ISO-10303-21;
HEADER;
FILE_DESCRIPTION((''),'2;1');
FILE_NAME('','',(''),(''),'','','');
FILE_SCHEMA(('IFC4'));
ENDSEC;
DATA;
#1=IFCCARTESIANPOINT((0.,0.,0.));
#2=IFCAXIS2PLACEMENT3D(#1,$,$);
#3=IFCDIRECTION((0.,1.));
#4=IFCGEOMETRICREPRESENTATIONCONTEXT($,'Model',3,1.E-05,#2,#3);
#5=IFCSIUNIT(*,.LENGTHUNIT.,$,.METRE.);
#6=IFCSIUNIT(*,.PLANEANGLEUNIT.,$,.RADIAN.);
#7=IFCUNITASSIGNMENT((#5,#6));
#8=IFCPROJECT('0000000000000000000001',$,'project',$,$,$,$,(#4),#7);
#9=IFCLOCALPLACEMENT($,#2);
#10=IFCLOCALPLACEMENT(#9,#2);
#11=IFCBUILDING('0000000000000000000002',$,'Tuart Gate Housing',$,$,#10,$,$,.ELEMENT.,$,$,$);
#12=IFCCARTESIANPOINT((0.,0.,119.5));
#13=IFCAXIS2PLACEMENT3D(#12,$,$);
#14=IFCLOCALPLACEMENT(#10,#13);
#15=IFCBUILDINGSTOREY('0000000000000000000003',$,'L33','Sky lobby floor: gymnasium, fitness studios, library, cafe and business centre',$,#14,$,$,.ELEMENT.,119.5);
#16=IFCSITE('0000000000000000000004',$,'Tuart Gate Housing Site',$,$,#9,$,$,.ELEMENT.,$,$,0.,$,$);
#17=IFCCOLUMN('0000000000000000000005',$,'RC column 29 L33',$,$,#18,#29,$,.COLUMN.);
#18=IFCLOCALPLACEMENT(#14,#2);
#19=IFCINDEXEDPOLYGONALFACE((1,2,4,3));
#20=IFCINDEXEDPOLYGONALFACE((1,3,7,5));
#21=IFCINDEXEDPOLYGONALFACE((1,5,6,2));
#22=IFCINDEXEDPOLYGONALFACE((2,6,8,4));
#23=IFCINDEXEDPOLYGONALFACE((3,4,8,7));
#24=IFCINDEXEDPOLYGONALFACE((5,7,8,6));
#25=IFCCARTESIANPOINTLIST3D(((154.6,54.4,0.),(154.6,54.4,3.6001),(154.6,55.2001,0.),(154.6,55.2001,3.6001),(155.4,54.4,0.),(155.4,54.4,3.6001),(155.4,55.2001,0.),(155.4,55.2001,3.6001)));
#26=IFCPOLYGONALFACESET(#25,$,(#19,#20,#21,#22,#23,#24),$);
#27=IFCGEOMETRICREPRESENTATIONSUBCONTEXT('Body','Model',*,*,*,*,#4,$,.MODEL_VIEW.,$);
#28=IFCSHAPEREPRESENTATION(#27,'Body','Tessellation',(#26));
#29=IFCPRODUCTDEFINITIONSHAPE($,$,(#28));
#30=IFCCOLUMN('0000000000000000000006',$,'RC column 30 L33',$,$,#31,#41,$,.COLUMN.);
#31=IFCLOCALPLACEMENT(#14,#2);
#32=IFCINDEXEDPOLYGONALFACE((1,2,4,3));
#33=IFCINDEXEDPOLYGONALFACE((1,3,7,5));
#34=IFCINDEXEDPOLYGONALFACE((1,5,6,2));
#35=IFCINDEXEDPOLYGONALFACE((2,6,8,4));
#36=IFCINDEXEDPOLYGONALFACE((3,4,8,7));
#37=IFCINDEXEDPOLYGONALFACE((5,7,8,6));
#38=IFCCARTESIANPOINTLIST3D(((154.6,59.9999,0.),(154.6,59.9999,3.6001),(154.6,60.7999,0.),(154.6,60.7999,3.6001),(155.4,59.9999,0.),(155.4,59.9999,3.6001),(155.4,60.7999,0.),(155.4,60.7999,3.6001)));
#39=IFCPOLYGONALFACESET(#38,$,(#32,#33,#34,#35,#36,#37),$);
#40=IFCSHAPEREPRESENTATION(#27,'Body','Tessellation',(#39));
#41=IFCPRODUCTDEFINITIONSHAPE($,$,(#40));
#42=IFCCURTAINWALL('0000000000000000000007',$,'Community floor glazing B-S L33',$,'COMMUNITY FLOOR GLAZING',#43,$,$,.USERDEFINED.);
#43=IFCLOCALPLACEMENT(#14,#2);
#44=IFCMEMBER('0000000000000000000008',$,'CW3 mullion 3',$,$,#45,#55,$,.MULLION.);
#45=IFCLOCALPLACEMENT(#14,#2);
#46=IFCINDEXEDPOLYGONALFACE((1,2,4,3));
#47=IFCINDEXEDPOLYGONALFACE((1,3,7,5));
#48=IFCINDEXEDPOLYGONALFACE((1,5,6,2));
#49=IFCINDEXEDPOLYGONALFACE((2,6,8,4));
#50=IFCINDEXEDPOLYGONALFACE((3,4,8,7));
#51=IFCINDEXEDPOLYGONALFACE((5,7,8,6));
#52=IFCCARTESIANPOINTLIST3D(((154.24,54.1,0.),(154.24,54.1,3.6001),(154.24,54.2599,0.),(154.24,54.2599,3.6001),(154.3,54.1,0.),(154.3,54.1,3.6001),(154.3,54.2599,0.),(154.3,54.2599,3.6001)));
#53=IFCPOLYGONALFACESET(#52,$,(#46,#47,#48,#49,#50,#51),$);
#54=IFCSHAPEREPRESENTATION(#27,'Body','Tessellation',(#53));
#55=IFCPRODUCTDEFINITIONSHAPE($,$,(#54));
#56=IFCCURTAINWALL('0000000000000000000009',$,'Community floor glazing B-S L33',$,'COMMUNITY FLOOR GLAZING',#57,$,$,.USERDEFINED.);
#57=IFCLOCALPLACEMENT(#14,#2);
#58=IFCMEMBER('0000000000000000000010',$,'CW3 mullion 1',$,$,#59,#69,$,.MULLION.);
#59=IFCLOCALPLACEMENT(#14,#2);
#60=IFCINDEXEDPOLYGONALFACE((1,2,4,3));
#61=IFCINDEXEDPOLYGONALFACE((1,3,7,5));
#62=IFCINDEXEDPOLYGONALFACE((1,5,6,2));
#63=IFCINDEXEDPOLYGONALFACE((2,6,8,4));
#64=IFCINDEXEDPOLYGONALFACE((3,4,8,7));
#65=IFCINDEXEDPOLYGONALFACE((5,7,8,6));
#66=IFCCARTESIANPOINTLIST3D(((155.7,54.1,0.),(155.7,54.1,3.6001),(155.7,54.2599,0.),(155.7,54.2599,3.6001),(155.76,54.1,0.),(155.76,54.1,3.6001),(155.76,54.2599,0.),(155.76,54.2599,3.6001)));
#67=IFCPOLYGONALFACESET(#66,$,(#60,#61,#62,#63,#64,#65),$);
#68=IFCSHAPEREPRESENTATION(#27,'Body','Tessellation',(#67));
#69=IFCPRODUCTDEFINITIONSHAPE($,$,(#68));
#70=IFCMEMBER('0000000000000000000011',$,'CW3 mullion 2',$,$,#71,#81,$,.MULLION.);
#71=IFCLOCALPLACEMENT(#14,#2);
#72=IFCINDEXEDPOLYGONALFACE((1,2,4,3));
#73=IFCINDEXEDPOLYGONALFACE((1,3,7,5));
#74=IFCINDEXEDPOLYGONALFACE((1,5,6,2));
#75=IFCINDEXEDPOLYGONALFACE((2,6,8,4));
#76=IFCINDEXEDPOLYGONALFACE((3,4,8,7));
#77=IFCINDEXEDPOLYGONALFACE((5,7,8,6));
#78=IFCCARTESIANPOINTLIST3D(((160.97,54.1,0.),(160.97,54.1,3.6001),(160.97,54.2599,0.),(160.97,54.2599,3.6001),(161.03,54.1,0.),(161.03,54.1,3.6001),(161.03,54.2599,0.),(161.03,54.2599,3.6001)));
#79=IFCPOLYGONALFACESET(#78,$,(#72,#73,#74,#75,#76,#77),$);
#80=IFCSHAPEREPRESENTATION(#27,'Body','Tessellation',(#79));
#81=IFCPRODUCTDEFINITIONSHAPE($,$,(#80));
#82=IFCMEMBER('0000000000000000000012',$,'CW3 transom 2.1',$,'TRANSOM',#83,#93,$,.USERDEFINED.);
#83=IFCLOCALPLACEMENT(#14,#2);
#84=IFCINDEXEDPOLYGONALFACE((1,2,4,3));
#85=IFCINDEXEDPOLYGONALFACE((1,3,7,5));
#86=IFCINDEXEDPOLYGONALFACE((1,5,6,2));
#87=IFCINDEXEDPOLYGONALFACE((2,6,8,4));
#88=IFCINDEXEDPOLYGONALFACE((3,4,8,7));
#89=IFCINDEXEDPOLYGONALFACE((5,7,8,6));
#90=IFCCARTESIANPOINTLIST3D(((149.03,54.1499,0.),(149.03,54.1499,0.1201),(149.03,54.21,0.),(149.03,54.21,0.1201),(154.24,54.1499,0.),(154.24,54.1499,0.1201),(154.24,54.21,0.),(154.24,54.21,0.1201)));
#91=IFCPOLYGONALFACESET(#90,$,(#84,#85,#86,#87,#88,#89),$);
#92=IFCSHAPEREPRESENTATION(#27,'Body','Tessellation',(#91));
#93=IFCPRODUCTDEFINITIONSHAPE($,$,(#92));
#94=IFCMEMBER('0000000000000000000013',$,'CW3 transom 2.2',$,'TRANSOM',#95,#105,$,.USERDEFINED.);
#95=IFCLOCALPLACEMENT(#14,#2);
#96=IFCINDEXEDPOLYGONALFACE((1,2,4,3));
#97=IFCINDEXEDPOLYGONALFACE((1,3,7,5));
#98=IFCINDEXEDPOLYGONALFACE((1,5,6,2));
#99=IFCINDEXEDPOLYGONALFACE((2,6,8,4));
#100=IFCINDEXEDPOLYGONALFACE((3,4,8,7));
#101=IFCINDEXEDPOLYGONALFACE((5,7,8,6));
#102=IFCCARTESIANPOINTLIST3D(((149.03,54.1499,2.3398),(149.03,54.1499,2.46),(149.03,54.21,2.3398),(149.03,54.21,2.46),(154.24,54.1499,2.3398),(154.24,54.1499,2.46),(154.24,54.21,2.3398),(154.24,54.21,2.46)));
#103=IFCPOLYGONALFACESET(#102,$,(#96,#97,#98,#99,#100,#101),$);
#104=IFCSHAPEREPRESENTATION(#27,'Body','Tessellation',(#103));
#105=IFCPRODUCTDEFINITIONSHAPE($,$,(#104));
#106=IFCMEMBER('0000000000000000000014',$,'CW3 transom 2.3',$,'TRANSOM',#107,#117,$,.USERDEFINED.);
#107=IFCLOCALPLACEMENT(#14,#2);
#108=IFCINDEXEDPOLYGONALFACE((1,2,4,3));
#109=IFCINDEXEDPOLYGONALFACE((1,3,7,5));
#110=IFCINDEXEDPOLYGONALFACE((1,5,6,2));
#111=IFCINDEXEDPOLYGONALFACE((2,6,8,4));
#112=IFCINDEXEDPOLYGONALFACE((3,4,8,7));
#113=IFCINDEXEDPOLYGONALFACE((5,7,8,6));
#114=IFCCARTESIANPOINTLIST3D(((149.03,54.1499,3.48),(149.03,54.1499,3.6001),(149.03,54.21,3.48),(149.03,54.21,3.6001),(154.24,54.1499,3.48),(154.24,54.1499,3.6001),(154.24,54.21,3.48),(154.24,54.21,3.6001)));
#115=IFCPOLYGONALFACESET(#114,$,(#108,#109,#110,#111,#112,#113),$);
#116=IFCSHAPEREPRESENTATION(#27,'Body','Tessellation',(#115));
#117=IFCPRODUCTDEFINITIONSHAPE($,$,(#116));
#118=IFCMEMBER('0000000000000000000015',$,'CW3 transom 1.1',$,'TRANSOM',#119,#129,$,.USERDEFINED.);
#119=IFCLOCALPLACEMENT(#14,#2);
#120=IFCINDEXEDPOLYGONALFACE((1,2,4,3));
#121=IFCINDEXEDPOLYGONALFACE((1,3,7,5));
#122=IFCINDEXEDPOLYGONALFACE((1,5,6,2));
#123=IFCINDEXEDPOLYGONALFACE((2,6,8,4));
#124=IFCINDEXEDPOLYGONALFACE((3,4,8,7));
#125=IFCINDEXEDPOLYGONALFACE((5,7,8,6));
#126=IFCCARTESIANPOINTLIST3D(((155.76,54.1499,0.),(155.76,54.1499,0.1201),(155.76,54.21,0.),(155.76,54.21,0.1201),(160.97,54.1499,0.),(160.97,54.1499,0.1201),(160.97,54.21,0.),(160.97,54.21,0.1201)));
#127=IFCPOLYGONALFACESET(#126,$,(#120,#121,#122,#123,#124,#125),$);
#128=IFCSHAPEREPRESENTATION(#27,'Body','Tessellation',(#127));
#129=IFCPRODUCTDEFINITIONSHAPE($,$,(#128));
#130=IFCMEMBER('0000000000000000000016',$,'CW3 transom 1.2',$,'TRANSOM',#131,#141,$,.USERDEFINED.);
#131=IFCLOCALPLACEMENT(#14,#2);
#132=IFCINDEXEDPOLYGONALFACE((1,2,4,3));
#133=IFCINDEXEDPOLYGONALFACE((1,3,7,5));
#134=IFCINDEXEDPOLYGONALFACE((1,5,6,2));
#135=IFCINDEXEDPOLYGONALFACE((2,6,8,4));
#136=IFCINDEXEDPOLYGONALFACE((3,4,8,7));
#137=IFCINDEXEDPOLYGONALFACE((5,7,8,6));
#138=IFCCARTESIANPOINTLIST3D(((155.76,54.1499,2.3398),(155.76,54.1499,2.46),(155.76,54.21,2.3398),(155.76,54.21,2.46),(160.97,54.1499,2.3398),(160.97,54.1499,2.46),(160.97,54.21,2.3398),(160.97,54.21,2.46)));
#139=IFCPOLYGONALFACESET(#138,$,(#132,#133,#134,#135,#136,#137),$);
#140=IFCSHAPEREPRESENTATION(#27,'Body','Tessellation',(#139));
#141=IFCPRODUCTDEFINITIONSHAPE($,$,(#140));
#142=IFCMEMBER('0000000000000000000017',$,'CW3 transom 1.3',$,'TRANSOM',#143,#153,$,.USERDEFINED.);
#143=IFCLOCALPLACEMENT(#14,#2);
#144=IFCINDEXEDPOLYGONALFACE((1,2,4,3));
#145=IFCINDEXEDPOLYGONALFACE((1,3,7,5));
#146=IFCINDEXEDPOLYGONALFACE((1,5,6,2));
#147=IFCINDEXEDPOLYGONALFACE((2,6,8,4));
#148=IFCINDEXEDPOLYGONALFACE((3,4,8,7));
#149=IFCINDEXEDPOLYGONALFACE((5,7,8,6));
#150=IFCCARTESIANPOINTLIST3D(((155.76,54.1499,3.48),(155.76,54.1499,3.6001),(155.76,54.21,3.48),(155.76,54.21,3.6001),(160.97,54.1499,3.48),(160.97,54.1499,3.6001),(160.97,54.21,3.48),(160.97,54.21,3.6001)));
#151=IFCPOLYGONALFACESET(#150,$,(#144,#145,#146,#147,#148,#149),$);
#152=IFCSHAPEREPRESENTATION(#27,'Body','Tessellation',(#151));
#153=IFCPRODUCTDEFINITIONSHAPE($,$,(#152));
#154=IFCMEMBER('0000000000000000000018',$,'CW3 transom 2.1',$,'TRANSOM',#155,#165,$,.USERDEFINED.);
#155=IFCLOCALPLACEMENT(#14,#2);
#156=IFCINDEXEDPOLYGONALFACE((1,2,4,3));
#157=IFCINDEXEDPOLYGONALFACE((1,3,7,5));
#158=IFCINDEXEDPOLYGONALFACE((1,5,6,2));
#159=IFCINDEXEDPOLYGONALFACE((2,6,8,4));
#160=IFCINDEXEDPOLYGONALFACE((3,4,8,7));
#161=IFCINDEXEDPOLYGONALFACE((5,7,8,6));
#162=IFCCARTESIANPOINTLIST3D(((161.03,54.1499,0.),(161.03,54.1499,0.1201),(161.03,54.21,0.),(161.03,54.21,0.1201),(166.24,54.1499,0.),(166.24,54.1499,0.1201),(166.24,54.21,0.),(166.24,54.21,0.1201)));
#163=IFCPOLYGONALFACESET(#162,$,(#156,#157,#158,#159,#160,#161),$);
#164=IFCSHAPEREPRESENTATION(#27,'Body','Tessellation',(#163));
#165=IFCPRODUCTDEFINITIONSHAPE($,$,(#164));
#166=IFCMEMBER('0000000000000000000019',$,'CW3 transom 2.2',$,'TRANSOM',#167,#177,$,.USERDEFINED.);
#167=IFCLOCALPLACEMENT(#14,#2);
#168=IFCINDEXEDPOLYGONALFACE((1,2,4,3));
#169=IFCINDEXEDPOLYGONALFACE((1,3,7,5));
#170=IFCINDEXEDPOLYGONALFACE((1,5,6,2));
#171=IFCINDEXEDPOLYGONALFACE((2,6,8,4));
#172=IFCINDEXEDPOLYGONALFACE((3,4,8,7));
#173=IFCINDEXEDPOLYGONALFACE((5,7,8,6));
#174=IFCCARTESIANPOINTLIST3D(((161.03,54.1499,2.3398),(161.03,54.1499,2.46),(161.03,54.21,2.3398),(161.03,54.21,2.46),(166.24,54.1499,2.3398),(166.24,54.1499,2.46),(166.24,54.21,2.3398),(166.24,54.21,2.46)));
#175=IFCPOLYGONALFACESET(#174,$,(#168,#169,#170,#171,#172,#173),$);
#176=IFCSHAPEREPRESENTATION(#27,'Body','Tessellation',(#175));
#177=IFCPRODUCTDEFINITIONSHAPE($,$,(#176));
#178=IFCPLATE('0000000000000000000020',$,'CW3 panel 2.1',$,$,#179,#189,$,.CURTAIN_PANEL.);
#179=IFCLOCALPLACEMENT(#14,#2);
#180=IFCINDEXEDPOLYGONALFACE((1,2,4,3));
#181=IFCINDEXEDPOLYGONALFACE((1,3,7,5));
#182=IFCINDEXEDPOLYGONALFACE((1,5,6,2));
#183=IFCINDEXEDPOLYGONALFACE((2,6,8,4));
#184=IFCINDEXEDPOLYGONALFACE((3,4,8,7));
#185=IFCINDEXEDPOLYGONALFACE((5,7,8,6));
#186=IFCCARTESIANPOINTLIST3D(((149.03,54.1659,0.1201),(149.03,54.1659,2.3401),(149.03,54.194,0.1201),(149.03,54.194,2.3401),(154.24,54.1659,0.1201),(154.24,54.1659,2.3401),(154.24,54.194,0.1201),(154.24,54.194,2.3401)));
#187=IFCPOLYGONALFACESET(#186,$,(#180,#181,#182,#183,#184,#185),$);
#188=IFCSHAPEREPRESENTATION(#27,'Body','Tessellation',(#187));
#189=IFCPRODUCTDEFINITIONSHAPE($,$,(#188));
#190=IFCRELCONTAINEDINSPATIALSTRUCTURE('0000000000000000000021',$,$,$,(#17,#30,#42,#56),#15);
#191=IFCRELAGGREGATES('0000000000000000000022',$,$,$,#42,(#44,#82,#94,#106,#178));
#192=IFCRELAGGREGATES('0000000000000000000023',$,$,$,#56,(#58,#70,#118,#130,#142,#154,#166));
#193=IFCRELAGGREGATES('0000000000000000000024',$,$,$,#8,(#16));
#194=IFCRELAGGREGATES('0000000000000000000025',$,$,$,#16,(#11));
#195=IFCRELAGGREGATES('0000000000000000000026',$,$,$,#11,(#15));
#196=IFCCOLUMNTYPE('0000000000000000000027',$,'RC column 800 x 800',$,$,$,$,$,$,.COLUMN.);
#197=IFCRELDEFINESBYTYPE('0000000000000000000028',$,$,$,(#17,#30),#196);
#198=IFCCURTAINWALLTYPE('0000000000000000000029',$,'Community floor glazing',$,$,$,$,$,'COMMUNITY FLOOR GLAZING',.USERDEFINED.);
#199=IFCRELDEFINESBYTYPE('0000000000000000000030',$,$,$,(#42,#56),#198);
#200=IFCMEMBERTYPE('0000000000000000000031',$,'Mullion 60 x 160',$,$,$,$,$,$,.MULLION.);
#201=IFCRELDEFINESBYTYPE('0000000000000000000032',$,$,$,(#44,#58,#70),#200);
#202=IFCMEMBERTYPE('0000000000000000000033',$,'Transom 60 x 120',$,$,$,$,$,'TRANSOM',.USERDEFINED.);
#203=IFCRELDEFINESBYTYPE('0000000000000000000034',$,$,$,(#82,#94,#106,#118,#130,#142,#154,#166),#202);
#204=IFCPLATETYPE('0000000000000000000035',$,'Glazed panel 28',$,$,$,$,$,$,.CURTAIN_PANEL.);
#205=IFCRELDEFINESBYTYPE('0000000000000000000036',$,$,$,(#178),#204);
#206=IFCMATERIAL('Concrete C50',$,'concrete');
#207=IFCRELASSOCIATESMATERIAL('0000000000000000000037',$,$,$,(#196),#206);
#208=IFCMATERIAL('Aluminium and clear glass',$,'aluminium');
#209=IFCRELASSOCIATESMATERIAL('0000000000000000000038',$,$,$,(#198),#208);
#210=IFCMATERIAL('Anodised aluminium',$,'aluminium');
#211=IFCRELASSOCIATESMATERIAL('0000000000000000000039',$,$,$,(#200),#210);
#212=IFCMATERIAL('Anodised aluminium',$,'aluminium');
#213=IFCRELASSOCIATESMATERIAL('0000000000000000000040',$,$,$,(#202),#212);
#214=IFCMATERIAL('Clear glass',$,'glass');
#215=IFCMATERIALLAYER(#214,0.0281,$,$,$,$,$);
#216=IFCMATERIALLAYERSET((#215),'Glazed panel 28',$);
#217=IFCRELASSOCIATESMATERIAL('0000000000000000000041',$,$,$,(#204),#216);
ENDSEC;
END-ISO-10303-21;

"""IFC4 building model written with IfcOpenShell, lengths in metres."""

from ifc_helpers import new_model, si_unit, direction, frame, origin, origin_2d, place, context, subcontext, project, spatial, rectangle, extrude, material, layer, layer_set, material_profile, profile_set, type_object, element, aggregate, save


model = new_model("IFC4")

# Units and contexts
model_context = context("Model", 3, precision=1e-05, world=origin(), true_north=direction((0.0, 1.0)))
body_context = subcontext(model_context, "Body", "Model", "MODEL_VIEW")
ifc_project = project(units=[si_unit("LENGTHUNIT", "METRE"), si_unit("PLANEANGLEUNIT", "RADIAN")], contexts=[model_context])

# Site, building, storey
site_placement = place(None, origin())
site = spatial("IfcSite", under=ifc_project, at=site_placement, Name="Tuart Gate Housing Site", CompositionType="ELEMENT", RefElevation=0.0)
building_placement = place(site_placement, origin())
building = spatial("IfcBuilding", under=site, at=building_placement, Name="Tuart Gate Housing", CompositionType="ELEMENT")
storey_placement = place(building_placement, frame((0.0, 0.0, 119.5)))
storey = spatial("IfcBuildingStorey", under=building, at=storey_placement, Name="L33", Description="Sky lobby floor: gymnasium, fitness studios, library, cafe and business centre", CompositionType="ELEMENT", Elevation=119.5)

# Columns
ifc_material_1 = material(Name="Concrete C50", Category="concrete")
ifc_material_profile_1 = material_profile(ifc_material_1, rectangle(XDim=0.8, YDim=0.8, at=origin_2d()), Name="RC column 800 x 800")
ifc_profile_set_1 = profile_set([ifc_material_profile_1], Name="Concrete C50")
column_type = type_object("IfcColumnType", Name="RC column 800 x 800", PredefinedType="COLUMN", material=ifc_profile_set_1)
for number, where, z_axis, x_axis, name in (
    (1, (155.0, 54.8, 0.0), (0.0, 0.0, 1.0), (1.0, 0.0, 0.0), "RC column 29 L33"),
    (2, (155.0, 60.3999, 0.0), (0.0, 0.0, 1.0), (1.0, 0.0, 0.0), "RC column 30 L33"),
):
    element("IfcColumn", number, at=place(storey_placement, frame(where, z_axis=z_axis, x_axis=x_axis)), inside=storey, type_object=column_type, Name=name, PredefinedType="COLUMN", context=body_context, shape_type="SweptSolid", body=[
        extrude(rectangle(XDim=0.8, YDim=0.8, at=origin_2d()), origin(), (0.0, 0.0, 1.0), 3.6001),
    ])

# Curtain wall, member
ifc_material_2 = material(Name="Aluminium and clear glass", Category="aluminium")
curtain_wall_type = type_object("IfcCurtainWallType", Name="Community floor glazing", ElementType="COMMUNITY FLOOR GLAZING", PredefinedType="USERDEFINED", material=ifc_material_2)
curtain_wall_1_placement = place(storey_placement, origin())
curtain_wall_1 = element("IfcCurtainWall", 3, at=curtain_wall_1_placement, inside=storey, type_object=curtain_wall_type, Name="Community floor glazing B-S L33", ObjectType="COMMUNITY FLOOR GLAZING", PredefinedType="USERDEFINED")
ifc_material_3 = material(Name="Anodised aluminium", Category="aluminium")
ifc_material_profile_2 = material_profile(ifc_material_3, rectangle(XDim=0.0601, YDim=0.1599, at=origin_2d()), Name="60x160")
ifc_profile_set_2 = profile_set([ifc_material_profile_2], Name="Anodised aluminium")
member_type_1 = type_object("IfcMemberType", Name="Mullion 60 x 160", PredefinedType="MULLION", material=ifc_profile_set_2)
member_1_placement = place(storey_placement, frame((154.27, 54.1799, 0.0), z_axis=(0.0, 0.0, 1.0), x_axis=(1.0, 0.0, 0.0)))
member_1 = element("IfcMember", 4, at=member_1_placement, type_object=member_type_1, Name="CW3 mullion 3", PredefinedType="MULLION", context=body_context, shape_type="SweptSolid", body=[
    extrude(rectangle(XDim=0.0601, YDim=0.1599, at=origin_2d()), origin(), (0.0, 0.0, 1.0), 3.6001),
])

# Curtain wall, members
curtain_wall_2_placement = place(storey_placement, origin())
curtain_wall_2 = element("IfcCurtainWall", 5, at=curtain_wall_2_placement, inside=storey, type_object=curtain_wall_type, Name="Community floor glazing B-S L33", ObjectType="COMMUNITY FLOOR GLAZING", PredefinedType="USERDEFINED")
member_2_placement = place(storey_placement, frame((155.73, 54.1799, 0.0), z_axis=(0.0, 0.0, 1.0), x_axis=(1.0, 0.0, 0.0)))
member_2 = element("IfcMember", 6, at=member_2_placement, type_object=member_type_1, Name="CW3 mullion 1", PredefinedType="MULLION", context=body_context, shape_type="SweptSolid", body=[
    extrude(rectangle(XDim=0.0601, YDim=0.1599, at=origin_2d()), origin(), (0.0, 0.0, 1.0), 3.6001),
])
member_3_placement = place(storey_placement, frame((161.0, 54.1799, 0.0), z_axis=(0.0, 0.0, 1.0), x_axis=(1.0, 0.0, 0.0)))
member_3 = element("IfcMember", 7, at=member_3_placement, type_object=member_type_1, Name="CW3 mullion 2", PredefinedType="MULLION", context=body_context, shape_type="SweptSolid", body=[
    extrude(rectangle(XDim=0.0601, YDim=0.1599, at=origin_2d()), origin(), (0.0, 0.0, 1.0), 3.6001),
])

# Members
ifc_material_4 = material(Name="Anodised aluminium", Category="aluminium")
ifc_material_profile_3 = material_profile(ifc_material_4, rectangle(XDim=0.0601, YDim=0.1201, at=origin_2d()), Name="60x120")
ifc_profile_set_3 = profile_set([ifc_material_profile_3], Name="Anodised aluminium")
member_type_2 = type_object("IfcMemberType", Name="Transom 60 x 120", ElementType="TRANSOM", PredefinedType="USERDEFINED", material=ifc_profile_set_3)
member_4_placement = place(storey_placement, frame((149.03, 54.1799, 0.0601), z_axis=(1.0, 0.0, 0.0), x_axis=(0.0, 1.0, 0.0)))
member_4 = element("IfcMember", 8, at=member_4_placement, type_object=member_type_2, Name="CW3 transom 2.1", ObjectType="TRANSOM", PredefinedType="USERDEFINED", context=body_context, shape_type="SweptSolid", body=[
    extrude(rectangle(XDim=0.0601, YDim=0.1201, at=origin_2d()), origin(), (0.0, 0.0, 1.0), 5.21),
])
member_5_placement = place(storey_placement, frame((149.03, 54.1799, 2.3999), z_axis=(1.0, 0.0, 0.0), x_axis=(0.0, 1.0, 0.0)))
member_5 = element("IfcMember", 9, at=member_5_placement, type_object=member_type_2, Name="CW3 transom 2.2", ObjectType="TRANSOM", PredefinedType="USERDEFINED", context=body_context, shape_type="SweptSolid", body=[
    extrude(rectangle(XDim=0.0601, YDim=0.1201, at=origin_2d()), origin(), (0.0, 0.0, 1.0), 5.21),
])
member_6_placement = place(storey_placement, frame((149.03, 54.1799, 3.54), z_axis=(1.0, 0.0, 0.0), x_axis=(0.0, 1.0, 0.0)))
member_6 = element("IfcMember", 10, at=member_6_placement, type_object=member_type_2, Name="CW3 transom 2.3", ObjectType="TRANSOM", PredefinedType="USERDEFINED", context=body_context, shape_type="SweptSolid", body=[
    extrude(rectangle(XDim=0.0601, YDim=0.1201, at=origin_2d()), origin(), (0.0, 0.0, 1.0), 5.21),
])
member_7_placement = place(storey_placement, frame((155.76, 54.1799, 0.0601), z_axis=(1.0, 0.0, 0.0), x_axis=(0.0, 1.0, 0.0)))
member_7 = element("IfcMember", 11, at=member_7_placement, type_object=member_type_2, Name="CW3 transom 1.1", ObjectType="TRANSOM", PredefinedType="USERDEFINED", context=body_context, shape_type="SweptSolid", body=[
    extrude(rectangle(XDim=0.0601, YDim=0.1201, at=origin_2d()), origin(), (0.0, 0.0, 1.0), 5.21),
])
member_8_placement = place(storey_placement, frame((155.76, 54.1799, 2.3999), z_axis=(1.0, 0.0, 0.0), x_axis=(0.0, 1.0, 0.0)))
member_8 = element("IfcMember", 12, at=member_8_placement, type_object=member_type_2, Name="CW3 transom 1.2", ObjectType="TRANSOM", PredefinedType="USERDEFINED", context=body_context, shape_type="SweptSolid", body=[
    extrude(rectangle(XDim=0.0601, YDim=0.1201, at=origin_2d()), origin(), (0.0, 0.0, 1.0), 5.21),
])
member_9_placement = place(storey_placement, frame((155.76, 54.1799, 3.54), z_axis=(1.0, 0.0, 0.0), x_axis=(0.0, 1.0, 0.0)))
member_9 = element("IfcMember", 13, at=member_9_placement, type_object=member_type_2, Name="CW3 transom 1.3", ObjectType="TRANSOM", PredefinedType="USERDEFINED", context=body_context, shape_type="SweptSolid", body=[
    extrude(rectangle(XDim=0.0601, YDim=0.1201, at=origin_2d()), origin(), (0.0, 0.0, 1.0), 5.21),
])
member_10_placement = place(storey_placement, frame((161.03, 54.1799, 0.0601), z_axis=(1.0, 0.0, 0.0), x_axis=(0.0, 1.0, 0.0)))
member_10 = element("IfcMember", 14, at=member_10_placement, type_object=member_type_2, Name="CW3 transom 2.1", ObjectType="TRANSOM", PredefinedType="USERDEFINED", context=body_context, shape_type="SweptSolid", body=[
    extrude(rectangle(XDim=0.0601, YDim=0.1201, at=origin_2d()), origin(), (0.0, 0.0, 1.0), 5.21),
])
member_11_placement = place(storey_placement, frame((161.03, 54.1799, 2.3999), z_axis=(1.0, 0.0, 0.0), x_axis=(0.0, 1.0, 0.0)))
member_11 = element("IfcMember", 15, at=member_11_placement, type_object=member_type_2, Name="CW3 transom 2.2", ObjectType="TRANSOM", PredefinedType="USERDEFINED", context=body_context, shape_type="SweptSolid", body=[
    extrude(rectangle(XDim=0.0601, YDim=0.1201, at=origin_2d()), origin(), (0.0, 0.0, 1.0), 5.21),
])

# Plate
ifc_material_5 = material(Name="Clear glass", Category="glass")
ifc_layer_1 = layer(ifc_material_5, 0.0281)
ifc_layer_set_1 = layer_set([ifc_layer_1], Name="Glazed panel 28")
plate_type = type_object("IfcPlateType", Name="Glazed panel 28", PredefinedType="CURTAIN_PANEL", material=ifc_layer_set_1)
plate_1_placement = place(storey_placement, frame((151.635, 54.1799, 0.1201), z_axis=(0.0, 0.0, 1.0), x_axis=(1.0, 0.0, 0.0)))
plate_1 = element("IfcPlate", 16, at=plate_1_placement, type_object=plate_type, Name="CW3 panel 2.1", PredefinedType="CURTAIN_PANEL", context=body_context, shape_type="SweptSolid", body=[
    extrude(rectangle(XDim=5.21, YDim=0.0281, at=origin_2d()), origin(), (0.0, 0.0, 1.0), 2.22),
])
aggregate(curtain_wall_1, [member_1, member_4, member_5, member_6, plate_1])
aggregate(curtain_wall_2, [member_2, member_3, member_7, member_8, member_9, member_10, member_11])

save(model, "model.ifc")
